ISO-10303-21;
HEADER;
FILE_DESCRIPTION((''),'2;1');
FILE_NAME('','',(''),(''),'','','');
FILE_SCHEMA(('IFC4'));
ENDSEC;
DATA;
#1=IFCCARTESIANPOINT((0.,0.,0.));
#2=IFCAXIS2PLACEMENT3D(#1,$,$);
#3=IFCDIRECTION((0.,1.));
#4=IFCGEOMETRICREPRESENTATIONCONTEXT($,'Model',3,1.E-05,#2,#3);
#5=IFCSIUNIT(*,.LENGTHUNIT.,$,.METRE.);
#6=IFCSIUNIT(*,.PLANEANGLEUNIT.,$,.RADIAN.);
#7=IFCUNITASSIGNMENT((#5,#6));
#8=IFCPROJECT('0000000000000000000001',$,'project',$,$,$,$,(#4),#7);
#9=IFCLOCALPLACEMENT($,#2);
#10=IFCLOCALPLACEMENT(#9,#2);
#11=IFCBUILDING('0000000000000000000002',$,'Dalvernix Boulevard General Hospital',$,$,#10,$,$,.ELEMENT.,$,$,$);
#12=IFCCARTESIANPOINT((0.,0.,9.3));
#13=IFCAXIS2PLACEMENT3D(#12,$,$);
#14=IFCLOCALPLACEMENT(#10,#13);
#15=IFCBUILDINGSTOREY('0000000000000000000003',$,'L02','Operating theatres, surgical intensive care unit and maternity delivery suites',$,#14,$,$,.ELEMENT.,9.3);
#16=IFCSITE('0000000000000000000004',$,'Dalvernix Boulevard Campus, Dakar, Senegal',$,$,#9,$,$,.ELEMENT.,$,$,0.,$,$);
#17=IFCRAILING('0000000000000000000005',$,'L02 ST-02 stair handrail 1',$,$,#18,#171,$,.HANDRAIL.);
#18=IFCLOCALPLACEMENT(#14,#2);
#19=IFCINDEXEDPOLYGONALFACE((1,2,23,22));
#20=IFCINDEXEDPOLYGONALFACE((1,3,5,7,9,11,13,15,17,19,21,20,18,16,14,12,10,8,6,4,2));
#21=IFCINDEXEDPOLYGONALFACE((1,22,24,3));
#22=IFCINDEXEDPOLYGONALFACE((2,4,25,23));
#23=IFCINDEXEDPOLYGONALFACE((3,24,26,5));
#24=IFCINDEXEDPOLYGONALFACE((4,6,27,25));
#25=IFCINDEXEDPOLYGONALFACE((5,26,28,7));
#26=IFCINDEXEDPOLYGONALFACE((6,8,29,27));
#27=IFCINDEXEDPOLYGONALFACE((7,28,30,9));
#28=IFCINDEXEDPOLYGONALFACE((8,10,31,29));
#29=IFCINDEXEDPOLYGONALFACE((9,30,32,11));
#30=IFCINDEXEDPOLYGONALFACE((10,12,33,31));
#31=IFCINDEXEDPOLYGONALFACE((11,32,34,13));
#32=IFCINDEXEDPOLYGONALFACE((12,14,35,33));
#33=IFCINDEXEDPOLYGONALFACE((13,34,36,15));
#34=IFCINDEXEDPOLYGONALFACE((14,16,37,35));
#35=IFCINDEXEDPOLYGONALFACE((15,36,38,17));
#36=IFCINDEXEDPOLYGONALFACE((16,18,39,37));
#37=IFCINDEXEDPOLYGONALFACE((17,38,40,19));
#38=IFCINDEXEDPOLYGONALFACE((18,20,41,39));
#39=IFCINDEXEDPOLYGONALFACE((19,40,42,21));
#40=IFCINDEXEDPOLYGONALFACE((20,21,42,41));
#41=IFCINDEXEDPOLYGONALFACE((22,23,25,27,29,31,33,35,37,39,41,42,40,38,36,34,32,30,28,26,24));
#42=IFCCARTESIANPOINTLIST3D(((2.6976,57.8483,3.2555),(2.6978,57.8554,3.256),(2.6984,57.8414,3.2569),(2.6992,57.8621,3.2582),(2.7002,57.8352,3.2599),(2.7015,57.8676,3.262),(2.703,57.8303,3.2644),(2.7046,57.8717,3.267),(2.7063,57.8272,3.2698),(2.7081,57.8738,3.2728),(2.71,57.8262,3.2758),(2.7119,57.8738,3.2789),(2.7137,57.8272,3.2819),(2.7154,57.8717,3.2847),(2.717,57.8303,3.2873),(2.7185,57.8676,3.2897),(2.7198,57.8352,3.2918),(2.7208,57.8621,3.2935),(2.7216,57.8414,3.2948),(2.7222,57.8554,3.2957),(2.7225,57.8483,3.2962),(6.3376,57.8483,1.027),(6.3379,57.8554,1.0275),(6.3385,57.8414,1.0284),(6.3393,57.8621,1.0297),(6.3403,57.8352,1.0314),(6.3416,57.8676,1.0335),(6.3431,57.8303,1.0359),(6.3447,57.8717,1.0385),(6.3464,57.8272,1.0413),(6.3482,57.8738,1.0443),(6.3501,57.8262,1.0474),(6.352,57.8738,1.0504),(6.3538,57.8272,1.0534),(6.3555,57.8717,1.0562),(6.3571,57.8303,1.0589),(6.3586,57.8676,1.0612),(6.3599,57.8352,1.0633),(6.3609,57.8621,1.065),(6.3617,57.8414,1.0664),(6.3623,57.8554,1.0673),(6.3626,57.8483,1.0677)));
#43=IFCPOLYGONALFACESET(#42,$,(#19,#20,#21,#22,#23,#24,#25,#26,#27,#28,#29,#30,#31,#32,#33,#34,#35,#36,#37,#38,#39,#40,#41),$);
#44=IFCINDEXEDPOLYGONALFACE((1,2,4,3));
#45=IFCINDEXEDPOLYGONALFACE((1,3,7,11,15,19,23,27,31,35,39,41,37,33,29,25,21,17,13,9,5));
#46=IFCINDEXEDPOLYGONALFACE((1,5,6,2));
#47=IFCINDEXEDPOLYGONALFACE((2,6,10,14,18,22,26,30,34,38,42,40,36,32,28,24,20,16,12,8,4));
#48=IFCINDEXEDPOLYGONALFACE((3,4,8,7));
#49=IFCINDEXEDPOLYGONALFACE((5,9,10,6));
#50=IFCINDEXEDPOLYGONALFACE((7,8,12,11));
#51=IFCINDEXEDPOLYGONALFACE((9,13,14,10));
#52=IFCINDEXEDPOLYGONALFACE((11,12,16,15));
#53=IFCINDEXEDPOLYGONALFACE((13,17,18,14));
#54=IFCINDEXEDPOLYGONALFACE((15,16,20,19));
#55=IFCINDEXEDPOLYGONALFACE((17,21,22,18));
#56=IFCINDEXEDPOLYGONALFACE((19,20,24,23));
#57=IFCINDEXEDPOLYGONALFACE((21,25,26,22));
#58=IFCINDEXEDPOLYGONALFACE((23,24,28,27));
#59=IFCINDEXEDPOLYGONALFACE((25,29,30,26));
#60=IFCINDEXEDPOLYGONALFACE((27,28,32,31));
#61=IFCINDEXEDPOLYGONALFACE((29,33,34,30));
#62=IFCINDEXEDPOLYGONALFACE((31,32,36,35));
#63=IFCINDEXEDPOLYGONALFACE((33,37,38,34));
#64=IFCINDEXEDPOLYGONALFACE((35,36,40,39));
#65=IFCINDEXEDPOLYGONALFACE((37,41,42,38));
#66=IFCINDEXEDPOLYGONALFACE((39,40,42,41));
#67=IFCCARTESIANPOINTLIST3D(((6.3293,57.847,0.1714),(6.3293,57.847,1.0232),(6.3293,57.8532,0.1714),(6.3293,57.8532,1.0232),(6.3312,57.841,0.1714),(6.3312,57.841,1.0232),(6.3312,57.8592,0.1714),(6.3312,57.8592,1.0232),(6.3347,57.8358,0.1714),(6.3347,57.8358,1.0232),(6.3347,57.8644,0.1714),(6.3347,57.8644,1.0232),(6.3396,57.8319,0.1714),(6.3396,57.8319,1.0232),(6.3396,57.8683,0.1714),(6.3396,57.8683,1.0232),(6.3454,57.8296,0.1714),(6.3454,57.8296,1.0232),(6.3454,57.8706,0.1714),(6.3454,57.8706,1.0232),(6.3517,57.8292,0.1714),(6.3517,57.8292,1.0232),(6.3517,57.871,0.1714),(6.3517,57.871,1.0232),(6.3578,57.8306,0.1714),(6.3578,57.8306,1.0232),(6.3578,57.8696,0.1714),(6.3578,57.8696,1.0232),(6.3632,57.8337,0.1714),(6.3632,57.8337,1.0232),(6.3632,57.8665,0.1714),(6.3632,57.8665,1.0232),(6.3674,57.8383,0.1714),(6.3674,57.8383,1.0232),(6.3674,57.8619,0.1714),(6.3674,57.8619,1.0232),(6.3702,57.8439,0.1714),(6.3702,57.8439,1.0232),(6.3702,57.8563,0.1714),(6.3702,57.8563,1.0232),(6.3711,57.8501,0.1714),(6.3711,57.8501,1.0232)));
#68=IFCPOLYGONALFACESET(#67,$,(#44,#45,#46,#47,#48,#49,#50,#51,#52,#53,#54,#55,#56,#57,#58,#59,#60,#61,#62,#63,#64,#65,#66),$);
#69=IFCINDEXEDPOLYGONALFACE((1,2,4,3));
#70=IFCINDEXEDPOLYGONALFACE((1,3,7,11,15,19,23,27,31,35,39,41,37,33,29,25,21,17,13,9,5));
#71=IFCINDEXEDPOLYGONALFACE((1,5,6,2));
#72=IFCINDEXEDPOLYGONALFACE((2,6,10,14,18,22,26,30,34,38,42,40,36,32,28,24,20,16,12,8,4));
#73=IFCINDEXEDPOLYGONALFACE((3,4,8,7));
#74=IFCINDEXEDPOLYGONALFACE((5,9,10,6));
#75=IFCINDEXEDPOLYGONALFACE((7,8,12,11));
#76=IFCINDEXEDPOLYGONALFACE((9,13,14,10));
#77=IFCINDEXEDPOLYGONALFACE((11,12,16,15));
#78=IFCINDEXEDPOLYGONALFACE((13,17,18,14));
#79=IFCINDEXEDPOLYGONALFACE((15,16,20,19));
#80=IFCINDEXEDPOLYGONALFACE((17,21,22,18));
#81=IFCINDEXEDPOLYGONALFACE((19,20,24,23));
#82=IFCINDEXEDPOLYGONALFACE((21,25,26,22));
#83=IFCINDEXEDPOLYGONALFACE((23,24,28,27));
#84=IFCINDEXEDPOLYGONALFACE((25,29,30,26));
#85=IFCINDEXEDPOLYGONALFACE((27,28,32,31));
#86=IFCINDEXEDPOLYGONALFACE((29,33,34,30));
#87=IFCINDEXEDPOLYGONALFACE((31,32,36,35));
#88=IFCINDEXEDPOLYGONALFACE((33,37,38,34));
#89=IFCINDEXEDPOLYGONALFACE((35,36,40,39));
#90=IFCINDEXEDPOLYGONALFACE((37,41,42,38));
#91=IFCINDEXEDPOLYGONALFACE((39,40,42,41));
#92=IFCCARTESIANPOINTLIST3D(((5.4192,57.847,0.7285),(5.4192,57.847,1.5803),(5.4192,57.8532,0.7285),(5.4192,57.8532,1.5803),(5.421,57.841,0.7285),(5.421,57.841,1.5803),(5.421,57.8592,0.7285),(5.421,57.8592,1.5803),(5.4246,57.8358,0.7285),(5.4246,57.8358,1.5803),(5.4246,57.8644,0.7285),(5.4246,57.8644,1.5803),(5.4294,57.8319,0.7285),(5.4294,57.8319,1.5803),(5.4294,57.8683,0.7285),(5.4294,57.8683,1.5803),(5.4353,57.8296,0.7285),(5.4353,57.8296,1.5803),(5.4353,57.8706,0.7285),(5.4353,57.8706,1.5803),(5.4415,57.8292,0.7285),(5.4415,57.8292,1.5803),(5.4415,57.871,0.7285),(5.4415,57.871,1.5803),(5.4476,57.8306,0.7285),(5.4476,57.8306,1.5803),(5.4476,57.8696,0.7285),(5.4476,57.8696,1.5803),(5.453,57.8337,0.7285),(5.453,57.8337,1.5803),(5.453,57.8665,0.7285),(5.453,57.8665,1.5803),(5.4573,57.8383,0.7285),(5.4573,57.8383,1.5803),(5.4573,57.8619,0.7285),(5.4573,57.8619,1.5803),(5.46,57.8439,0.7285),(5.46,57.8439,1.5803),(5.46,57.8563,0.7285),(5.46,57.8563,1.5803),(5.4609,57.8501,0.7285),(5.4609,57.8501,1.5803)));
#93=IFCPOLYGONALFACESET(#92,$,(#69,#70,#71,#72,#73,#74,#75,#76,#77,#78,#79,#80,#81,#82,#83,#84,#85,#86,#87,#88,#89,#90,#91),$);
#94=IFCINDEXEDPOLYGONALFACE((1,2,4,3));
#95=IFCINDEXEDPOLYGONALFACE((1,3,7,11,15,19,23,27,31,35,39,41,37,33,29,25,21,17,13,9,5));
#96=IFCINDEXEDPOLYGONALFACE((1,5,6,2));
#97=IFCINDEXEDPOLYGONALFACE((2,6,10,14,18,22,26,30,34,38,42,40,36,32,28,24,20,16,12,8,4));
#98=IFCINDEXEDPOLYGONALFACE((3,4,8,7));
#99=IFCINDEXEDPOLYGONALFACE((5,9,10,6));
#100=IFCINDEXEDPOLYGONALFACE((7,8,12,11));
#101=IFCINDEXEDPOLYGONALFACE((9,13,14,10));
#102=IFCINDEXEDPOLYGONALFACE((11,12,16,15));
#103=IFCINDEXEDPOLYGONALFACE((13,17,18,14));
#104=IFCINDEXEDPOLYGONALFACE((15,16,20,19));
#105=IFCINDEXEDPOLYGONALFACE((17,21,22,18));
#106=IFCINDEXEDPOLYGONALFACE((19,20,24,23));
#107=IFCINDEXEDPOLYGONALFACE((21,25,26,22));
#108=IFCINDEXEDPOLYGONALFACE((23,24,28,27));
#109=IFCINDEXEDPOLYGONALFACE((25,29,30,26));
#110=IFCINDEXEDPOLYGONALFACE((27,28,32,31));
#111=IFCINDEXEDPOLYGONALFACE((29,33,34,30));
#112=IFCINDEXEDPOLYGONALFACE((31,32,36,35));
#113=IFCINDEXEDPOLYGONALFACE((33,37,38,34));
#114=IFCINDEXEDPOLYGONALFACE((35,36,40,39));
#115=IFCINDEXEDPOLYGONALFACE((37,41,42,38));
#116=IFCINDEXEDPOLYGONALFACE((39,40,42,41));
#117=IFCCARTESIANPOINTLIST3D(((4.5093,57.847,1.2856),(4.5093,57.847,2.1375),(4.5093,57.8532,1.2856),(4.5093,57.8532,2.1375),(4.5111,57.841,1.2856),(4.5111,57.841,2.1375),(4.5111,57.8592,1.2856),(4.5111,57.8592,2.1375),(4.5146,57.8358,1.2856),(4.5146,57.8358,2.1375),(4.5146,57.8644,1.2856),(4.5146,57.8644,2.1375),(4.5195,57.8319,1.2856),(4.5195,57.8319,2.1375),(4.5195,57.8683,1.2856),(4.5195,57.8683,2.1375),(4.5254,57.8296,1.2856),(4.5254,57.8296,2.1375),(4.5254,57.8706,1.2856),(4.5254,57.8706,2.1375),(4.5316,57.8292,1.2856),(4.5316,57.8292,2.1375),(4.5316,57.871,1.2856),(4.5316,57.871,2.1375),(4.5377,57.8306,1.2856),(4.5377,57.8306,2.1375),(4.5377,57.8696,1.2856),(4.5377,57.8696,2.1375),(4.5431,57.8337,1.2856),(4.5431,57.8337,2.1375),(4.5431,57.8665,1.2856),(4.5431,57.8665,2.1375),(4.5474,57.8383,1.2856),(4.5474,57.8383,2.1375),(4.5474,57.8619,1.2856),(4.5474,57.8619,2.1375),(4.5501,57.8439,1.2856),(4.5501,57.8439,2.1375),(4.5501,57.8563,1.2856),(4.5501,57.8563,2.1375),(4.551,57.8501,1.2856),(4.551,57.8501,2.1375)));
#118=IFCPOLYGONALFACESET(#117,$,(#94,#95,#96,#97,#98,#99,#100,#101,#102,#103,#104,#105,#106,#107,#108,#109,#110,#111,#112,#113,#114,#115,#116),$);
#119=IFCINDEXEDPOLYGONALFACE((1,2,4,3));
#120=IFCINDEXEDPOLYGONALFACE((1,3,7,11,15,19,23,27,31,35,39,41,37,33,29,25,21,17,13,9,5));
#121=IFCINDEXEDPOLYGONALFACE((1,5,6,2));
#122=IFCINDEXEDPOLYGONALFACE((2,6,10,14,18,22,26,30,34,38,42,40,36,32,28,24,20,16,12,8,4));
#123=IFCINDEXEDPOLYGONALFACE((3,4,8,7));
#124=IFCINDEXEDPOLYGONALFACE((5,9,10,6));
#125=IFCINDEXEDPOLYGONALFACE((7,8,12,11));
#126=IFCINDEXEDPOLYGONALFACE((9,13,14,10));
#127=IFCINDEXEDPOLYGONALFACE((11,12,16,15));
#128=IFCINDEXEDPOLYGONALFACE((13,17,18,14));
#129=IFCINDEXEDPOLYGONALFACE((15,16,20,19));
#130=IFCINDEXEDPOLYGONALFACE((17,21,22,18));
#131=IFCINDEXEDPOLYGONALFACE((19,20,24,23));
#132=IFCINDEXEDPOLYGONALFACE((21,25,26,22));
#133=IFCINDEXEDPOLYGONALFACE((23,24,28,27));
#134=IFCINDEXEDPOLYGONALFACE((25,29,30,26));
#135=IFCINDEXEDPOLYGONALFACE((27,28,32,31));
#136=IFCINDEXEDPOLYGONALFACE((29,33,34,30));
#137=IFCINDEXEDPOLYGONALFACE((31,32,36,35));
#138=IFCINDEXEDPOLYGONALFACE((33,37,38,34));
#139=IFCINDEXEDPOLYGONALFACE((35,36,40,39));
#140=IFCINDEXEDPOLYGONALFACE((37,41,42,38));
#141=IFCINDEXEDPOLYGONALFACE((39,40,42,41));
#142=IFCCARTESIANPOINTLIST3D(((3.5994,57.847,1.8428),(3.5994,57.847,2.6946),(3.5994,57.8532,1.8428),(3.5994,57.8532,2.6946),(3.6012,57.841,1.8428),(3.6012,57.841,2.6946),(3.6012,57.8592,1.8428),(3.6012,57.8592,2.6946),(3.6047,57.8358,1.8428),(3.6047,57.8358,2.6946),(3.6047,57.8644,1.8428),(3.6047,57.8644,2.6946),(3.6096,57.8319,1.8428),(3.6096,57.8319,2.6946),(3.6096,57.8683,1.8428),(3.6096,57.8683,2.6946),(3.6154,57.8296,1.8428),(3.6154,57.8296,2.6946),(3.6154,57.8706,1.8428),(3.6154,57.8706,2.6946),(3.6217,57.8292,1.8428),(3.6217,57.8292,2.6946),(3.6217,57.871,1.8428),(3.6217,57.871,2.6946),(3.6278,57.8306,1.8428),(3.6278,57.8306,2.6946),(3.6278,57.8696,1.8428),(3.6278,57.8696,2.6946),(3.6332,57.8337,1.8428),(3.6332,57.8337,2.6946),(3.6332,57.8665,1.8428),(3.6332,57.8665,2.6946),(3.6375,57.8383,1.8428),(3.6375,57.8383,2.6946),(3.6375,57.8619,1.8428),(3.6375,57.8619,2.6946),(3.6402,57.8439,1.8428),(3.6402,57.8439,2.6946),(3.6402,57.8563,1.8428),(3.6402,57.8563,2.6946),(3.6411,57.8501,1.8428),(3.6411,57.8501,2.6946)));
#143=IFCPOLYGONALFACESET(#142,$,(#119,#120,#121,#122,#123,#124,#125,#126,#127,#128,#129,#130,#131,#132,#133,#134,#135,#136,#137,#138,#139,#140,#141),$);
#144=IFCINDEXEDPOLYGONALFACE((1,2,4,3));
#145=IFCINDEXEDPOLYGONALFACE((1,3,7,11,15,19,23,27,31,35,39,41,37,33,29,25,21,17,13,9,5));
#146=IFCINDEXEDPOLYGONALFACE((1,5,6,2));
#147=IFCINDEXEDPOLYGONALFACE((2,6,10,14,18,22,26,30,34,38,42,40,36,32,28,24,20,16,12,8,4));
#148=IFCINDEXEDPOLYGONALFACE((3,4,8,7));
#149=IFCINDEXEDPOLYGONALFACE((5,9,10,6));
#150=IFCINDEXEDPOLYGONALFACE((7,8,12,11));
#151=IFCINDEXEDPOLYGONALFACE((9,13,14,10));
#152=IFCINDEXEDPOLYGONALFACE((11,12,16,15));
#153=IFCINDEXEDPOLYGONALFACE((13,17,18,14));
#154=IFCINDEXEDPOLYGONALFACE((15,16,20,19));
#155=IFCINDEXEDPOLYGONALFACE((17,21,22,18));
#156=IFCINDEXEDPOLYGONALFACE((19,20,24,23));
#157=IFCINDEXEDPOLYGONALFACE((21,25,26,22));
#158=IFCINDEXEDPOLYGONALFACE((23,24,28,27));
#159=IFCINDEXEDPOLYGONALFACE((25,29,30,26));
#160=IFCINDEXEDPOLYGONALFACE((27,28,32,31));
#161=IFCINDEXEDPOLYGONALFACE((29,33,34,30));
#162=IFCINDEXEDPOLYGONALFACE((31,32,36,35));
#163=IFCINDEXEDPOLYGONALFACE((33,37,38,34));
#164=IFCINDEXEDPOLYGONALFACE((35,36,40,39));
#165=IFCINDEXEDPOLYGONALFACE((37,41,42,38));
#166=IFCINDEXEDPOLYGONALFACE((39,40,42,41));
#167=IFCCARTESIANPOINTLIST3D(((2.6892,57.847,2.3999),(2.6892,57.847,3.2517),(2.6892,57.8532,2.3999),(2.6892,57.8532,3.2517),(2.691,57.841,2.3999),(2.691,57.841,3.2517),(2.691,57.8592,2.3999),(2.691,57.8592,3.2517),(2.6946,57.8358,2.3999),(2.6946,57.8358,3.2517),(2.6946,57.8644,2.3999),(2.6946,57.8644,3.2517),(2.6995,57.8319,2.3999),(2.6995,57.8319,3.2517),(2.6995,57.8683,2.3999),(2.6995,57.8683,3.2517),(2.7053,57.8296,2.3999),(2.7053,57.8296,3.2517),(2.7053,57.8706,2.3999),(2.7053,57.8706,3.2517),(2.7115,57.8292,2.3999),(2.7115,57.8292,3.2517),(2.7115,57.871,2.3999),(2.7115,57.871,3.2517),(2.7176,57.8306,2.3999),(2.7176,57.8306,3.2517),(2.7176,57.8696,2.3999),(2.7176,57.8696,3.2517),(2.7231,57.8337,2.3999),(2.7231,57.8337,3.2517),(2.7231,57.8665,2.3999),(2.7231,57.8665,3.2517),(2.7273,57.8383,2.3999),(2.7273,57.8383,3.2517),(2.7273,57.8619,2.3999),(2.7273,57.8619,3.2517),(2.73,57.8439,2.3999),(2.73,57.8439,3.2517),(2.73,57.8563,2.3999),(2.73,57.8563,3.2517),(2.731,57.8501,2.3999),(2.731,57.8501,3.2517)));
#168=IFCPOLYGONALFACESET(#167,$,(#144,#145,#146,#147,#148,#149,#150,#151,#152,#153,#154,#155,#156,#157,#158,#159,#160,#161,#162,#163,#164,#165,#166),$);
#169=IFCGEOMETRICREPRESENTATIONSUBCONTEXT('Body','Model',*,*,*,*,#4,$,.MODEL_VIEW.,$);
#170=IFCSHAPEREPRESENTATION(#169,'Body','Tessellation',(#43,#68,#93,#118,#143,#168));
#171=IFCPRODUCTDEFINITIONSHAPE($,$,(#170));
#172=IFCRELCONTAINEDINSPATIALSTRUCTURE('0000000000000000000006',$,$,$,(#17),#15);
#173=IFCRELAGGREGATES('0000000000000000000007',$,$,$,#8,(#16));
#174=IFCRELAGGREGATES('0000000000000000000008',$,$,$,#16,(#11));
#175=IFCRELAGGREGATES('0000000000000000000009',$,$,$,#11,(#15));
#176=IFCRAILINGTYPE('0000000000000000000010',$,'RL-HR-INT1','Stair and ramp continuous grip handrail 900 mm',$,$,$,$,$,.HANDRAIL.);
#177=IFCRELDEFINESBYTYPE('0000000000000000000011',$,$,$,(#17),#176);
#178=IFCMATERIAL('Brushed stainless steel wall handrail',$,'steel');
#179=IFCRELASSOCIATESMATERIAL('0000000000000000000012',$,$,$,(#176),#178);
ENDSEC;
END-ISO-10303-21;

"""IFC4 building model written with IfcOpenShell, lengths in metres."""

from ifc_helpers import new_model, si_unit, direction, frame, origin, origin_2d, place, context, subcontext, project, spatial, circle, extrude, material, type_object, element, save


model = new_model("IFC4")

# Units and contexts
model_context = context("Model", 3, precision=1e-05, world=origin(), true_north=direction((0.0, 1.0)))
body_context = subcontext(model_context, "Body", "Model", "MODEL_VIEW")
ifc_project = project(units=[si_unit("LENGTHUNIT", "METRE"), si_unit("PLANEANGLEUNIT", "RADIAN")], contexts=[model_context])

# Site, building, storey
site_placement = place(None, origin())
site = spatial("IfcSite", under=ifc_project, at=site_placement, Name="Dalvernix Boulevard Campus, Dakar, Senegal", CompositionType="ELEMENT", RefElevation=0.0)
building_placement = place(site_placement, origin())
building = spatial("IfcBuilding", under=site, at=building_placement, Name="Dalvernix Boulevard General Hospital", CompositionType="ELEMENT")
storey_placement = place(building_placement, frame((0.0, 0.0, 9.3)))
storey = spatial("IfcBuildingStorey", under=building, at=storey_placement, Name="L02", Description="Operating theatres, surgical intensive care unit and maternity delivery suites", CompositionType="ELEMENT", Elevation=9.3)

# Railing
ifc_material_1 = material(Name="Brushed stainless steel wall handrail", Category="steel")
railing_type_1 = type_object("IfcRailingType", Name="RL-HR-INT1", Description="Stair and ramp continuous grip handrail 900 mm", PredefinedType="HANDRAIL", material=ifc_material_1)
railing_1_placement = place(storey_placement, frame((6.3501, 57.8501, 0.1714)))
element("IfcRailing", 1, at=railing_1_placement, inside=storey, type_object=railing_type_1, Name="L02 ST-02 stair handrail 1", PredefinedType="HANDRAIL", context=body_context, shape_type="SweptSolid", body=[
    extrude(circle(Radius=0.0239, at=origin_2d()), frame((0.0, 0.0, 0.876), z_axis=(-0.852866, 0.0, 0.52213), x_axis=(0.0, -1.0, 0.0)), (0.0, 0.0, 1.0), 4.2681),
    extrude(circle(Radius=0.021, at=origin_2d()), origin(), (0.0, 0.0, 1.0), 0.8518),
    extrude(circle(Radius=0.021, at=origin_2d()), frame((-0.9102, 0.0, 0.5571)), (0.0, 0.0, 1.0), 0.8518),
    extrude(circle(Radius=0.021, at=origin_2d()), frame((-1.8201, 0.0, 1.1143)), (0.0, 0.0, 1.0), 0.8518),
    extrude(circle(Radius=0.021, at=origin_2d()), frame((-2.73, 0.0, 1.6714)), (0.0, 0.0, 1.0), 0.8518),
    extrude(circle(Radius=0.021, at=origin_2d()), frame((-3.6401, 0.0, 2.2285)), (0.0, 0.0, 1.0), 0.8518),
])

save(model, "model.ifc")
